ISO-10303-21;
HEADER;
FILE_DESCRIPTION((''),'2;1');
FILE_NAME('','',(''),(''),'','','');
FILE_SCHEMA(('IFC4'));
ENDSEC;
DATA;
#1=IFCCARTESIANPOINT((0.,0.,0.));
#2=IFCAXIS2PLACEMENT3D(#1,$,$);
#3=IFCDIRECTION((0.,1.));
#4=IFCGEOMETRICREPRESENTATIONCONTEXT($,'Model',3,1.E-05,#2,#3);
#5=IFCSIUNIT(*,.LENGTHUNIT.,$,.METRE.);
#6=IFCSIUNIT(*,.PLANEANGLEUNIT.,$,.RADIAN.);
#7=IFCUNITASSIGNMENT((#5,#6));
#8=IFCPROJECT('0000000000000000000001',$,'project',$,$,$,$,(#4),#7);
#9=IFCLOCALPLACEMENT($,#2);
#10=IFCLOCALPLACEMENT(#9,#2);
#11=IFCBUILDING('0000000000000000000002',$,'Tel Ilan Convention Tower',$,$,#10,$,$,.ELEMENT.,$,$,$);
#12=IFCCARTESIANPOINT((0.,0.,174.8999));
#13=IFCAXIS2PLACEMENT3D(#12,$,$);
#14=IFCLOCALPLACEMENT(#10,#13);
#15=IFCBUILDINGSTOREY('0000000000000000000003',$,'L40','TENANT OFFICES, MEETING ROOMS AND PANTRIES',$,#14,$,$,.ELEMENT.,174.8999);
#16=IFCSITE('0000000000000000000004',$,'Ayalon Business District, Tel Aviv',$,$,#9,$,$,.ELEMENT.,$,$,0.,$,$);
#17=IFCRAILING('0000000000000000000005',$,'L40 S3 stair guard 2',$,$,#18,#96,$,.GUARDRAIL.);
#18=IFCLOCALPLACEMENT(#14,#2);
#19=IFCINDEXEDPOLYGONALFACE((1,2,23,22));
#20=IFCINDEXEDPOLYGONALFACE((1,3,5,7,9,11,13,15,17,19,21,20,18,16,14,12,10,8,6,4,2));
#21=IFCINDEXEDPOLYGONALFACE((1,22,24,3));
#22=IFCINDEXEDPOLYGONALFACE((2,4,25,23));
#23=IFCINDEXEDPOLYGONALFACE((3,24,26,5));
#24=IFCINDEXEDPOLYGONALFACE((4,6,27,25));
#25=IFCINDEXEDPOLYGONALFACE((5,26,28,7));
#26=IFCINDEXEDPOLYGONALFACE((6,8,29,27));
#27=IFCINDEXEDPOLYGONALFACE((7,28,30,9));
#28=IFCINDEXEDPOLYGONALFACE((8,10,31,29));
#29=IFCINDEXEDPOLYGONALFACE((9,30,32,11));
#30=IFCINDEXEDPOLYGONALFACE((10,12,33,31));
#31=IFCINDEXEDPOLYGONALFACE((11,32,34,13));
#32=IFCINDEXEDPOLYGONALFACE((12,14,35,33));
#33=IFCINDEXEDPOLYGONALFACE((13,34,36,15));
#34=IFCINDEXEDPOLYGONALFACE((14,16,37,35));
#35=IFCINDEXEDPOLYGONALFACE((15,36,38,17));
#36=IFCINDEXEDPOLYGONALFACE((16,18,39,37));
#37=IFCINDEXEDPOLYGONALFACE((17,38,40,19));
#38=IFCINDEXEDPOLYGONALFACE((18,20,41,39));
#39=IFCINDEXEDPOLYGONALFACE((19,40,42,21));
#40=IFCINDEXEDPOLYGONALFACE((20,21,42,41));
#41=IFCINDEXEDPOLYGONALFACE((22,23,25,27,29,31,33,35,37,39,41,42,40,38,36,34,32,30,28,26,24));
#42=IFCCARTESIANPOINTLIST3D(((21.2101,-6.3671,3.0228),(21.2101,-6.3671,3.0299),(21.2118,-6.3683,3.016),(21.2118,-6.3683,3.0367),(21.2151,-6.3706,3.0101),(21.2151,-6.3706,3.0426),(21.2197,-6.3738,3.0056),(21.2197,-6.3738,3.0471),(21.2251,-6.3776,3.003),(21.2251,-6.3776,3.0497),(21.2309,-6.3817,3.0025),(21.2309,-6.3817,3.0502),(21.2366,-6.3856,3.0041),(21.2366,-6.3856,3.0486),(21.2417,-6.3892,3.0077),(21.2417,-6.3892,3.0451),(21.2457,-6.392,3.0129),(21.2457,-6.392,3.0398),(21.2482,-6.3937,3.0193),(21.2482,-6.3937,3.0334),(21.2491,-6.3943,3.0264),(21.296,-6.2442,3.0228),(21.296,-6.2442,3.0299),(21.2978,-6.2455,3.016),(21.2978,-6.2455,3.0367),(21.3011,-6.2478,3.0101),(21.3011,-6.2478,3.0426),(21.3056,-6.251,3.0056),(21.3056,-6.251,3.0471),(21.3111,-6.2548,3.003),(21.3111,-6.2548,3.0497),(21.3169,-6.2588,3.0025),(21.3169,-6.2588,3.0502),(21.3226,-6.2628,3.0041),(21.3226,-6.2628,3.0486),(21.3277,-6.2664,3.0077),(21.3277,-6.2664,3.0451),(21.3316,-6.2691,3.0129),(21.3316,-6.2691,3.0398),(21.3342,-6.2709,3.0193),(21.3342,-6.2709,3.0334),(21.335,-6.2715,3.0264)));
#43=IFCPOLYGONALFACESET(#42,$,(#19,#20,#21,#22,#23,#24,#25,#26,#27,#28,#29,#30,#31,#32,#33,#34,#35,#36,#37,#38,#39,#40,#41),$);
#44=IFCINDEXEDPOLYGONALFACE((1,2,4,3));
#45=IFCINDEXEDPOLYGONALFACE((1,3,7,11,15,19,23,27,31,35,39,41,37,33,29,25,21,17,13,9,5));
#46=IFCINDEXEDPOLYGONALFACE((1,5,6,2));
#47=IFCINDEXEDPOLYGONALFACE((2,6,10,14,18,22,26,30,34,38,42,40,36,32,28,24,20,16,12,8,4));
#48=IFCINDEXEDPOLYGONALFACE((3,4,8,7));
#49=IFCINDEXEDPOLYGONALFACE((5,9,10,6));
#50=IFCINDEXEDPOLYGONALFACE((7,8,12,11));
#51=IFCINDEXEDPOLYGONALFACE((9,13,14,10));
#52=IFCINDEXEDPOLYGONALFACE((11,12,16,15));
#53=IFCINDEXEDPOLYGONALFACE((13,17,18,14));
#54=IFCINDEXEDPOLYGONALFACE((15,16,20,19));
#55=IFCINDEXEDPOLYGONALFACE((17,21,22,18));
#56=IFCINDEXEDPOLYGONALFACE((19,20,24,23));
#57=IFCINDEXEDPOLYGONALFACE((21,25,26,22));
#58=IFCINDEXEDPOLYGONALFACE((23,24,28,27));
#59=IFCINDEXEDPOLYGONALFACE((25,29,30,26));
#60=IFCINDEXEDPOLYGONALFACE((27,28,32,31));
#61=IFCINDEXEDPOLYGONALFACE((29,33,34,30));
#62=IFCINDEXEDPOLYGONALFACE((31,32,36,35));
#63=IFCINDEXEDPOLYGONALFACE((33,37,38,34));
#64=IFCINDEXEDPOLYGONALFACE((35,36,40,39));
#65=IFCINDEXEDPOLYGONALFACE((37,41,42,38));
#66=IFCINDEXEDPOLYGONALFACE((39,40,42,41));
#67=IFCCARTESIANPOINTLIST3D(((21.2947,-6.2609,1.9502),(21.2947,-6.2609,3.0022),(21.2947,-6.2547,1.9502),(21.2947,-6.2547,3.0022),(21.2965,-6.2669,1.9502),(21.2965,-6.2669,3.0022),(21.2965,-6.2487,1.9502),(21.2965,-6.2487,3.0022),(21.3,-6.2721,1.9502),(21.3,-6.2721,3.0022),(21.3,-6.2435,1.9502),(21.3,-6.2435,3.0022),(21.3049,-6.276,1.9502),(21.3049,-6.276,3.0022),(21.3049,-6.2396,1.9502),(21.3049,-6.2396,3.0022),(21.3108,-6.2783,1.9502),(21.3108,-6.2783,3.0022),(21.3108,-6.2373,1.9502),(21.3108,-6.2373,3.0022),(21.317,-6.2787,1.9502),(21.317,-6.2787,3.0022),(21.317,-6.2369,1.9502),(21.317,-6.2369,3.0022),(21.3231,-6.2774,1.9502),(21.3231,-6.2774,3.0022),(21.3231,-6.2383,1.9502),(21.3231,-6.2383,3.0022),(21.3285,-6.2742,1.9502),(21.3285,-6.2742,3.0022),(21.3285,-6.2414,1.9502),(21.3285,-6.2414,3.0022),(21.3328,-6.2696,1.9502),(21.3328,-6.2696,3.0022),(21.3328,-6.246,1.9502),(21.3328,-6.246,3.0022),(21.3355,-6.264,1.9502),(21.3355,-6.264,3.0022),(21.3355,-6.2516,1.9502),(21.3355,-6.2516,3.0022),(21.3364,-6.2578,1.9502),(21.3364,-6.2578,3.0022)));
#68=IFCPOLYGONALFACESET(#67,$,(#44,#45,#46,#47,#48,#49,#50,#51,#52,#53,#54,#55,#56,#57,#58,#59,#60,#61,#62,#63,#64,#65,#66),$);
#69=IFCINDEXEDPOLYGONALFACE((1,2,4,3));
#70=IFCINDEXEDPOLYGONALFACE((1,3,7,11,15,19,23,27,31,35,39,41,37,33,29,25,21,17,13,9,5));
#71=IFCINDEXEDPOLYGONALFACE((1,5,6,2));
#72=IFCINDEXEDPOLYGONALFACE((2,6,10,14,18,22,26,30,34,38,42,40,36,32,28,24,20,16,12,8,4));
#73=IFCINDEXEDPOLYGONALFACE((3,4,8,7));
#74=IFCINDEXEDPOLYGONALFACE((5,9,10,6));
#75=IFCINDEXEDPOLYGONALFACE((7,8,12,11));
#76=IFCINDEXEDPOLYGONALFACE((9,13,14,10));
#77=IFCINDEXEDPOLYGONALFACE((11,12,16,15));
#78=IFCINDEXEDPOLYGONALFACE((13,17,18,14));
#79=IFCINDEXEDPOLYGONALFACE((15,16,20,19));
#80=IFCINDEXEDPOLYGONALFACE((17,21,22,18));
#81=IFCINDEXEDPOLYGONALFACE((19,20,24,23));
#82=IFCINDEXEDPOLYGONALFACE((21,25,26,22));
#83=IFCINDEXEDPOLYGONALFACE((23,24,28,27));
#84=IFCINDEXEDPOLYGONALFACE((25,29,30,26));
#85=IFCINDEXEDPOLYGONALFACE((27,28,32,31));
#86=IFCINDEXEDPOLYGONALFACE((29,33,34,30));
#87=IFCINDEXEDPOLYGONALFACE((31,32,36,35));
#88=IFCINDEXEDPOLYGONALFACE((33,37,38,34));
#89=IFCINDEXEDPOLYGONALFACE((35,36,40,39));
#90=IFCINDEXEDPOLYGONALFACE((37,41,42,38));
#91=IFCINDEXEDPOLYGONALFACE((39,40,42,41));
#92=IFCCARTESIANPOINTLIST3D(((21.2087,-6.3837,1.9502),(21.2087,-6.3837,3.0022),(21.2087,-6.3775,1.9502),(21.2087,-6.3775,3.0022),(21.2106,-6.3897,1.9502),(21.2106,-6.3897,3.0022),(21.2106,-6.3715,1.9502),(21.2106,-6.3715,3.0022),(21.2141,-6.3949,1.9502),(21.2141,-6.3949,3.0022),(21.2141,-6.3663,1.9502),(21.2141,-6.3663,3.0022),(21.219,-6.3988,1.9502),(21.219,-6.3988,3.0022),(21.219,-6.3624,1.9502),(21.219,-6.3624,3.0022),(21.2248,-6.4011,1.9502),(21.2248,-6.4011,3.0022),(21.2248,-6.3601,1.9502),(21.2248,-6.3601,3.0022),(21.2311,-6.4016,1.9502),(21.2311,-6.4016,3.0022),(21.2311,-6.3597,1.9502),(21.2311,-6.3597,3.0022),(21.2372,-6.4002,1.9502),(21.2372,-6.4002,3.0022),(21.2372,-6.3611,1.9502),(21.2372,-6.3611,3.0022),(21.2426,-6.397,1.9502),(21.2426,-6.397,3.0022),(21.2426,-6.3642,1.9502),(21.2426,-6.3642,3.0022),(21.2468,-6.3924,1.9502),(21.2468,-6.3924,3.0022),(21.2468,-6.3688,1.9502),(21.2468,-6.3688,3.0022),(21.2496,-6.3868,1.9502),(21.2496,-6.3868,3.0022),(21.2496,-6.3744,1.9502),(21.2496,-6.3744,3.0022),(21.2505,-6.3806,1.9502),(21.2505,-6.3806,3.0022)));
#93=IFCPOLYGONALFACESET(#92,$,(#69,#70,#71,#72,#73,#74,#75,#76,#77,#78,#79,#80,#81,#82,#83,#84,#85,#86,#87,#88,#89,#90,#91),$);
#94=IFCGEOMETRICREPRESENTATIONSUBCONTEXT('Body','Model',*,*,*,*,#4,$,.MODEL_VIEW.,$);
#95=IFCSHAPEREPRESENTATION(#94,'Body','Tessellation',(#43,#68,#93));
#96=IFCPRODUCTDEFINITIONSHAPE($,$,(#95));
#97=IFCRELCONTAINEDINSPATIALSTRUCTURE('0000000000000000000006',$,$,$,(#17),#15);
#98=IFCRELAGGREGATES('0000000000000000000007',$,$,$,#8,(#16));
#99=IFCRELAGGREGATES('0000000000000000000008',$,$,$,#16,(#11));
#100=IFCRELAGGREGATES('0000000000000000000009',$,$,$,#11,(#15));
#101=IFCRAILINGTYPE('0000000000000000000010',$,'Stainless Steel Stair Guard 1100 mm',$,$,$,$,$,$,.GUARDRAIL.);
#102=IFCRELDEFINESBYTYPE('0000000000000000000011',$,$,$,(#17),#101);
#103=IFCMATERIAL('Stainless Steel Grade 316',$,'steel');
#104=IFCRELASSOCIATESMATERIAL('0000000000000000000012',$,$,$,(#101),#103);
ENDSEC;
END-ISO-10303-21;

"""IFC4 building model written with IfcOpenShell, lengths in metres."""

from ifc_helpers import new_model, si_unit, direction, frame, origin, origin_2d, place, context, subcontext, project, spatial, circle, extrude, material, type_object, element, save


model = new_model("IFC4")

# Units and contexts
model_context = context("Model", 3, precision=1e-05, world=origin(), true_north=direction((0.0, 1.0)))
body_context = subcontext(model_context, "Body", "Model", "MODEL_VIEW")
ifc_project = project(units=[si_unit("LENGTHUNIT", "METRE"), si_unit("PLANEANGLEUNIT", "RADIAN")], contexts=[model_context])

# Site, building, storey
site_placement = place(None, origin())
site = spatial("IfcSite", under=ifc_project, at=site_placement, Name="Ayalon Business District, Tel Aviv", CompositionType="ELEMENT", RefElevation=0.0)
building_placement = place(site_placement, origin())
building = spatial("IfcBuilding", under=site, at=building_placement, Name="Tel Ilan Convention Tower", CompositionType="ELEMENT")
storey_placement = place(building_placement, frame((0.0, 0.0, 174.8999)))
storey = spatial("IfcBuildingStorey", under=building, at=storey_placement, Name="L40", Description="TENANT OFFICES, MEETING ROOMS AND PANTRIES", CompositionType="ELEMENT", Elevation=174.8999)

# Railing
ifc_material_1 = material(Name="Stainless Steel Grade 316", Category="steel")
railing_type_1 = type_object("IfcRailingType", Name="Stainless Steel Stair Guard 1100 mm", PredefinedType="GUARDRAIL", material=ifc_material_1)
railing_1_placement = place(storey_placement, frame((21.3154, -6.2578, 1.9502)))
element("IfcRailing", 1, at=railing_1_placement, inside=storey, type_object=railing_type_1, Name="L40 S3 stair guard 2", PredefinedType="GUARDRAIL", context=body_context, shape_type="SweptSolid", body=[
    extrude(circle(Radius=0.0239, at=origin_2d()), frame((0.0, 0.0, 1.0762), z_axis=(-0.573353, -0.819308, 0.0), x_axis=(0.819308, -0.573353, 0.0)), (0.0, 0.0, 1.0), 0.1499),
    extrude(circle(Radius=0.021, at=origin_2d()), origin(), (0.0, 0.0, 1.0), 1.052),
    extrude(circle(Radius=0.021, at=origin_2d()), frame((-0.0859, -0.1228, 0.0)), (0.0, 0.0, 1.0), 1.052),
])

save(model, "model.ifc")
